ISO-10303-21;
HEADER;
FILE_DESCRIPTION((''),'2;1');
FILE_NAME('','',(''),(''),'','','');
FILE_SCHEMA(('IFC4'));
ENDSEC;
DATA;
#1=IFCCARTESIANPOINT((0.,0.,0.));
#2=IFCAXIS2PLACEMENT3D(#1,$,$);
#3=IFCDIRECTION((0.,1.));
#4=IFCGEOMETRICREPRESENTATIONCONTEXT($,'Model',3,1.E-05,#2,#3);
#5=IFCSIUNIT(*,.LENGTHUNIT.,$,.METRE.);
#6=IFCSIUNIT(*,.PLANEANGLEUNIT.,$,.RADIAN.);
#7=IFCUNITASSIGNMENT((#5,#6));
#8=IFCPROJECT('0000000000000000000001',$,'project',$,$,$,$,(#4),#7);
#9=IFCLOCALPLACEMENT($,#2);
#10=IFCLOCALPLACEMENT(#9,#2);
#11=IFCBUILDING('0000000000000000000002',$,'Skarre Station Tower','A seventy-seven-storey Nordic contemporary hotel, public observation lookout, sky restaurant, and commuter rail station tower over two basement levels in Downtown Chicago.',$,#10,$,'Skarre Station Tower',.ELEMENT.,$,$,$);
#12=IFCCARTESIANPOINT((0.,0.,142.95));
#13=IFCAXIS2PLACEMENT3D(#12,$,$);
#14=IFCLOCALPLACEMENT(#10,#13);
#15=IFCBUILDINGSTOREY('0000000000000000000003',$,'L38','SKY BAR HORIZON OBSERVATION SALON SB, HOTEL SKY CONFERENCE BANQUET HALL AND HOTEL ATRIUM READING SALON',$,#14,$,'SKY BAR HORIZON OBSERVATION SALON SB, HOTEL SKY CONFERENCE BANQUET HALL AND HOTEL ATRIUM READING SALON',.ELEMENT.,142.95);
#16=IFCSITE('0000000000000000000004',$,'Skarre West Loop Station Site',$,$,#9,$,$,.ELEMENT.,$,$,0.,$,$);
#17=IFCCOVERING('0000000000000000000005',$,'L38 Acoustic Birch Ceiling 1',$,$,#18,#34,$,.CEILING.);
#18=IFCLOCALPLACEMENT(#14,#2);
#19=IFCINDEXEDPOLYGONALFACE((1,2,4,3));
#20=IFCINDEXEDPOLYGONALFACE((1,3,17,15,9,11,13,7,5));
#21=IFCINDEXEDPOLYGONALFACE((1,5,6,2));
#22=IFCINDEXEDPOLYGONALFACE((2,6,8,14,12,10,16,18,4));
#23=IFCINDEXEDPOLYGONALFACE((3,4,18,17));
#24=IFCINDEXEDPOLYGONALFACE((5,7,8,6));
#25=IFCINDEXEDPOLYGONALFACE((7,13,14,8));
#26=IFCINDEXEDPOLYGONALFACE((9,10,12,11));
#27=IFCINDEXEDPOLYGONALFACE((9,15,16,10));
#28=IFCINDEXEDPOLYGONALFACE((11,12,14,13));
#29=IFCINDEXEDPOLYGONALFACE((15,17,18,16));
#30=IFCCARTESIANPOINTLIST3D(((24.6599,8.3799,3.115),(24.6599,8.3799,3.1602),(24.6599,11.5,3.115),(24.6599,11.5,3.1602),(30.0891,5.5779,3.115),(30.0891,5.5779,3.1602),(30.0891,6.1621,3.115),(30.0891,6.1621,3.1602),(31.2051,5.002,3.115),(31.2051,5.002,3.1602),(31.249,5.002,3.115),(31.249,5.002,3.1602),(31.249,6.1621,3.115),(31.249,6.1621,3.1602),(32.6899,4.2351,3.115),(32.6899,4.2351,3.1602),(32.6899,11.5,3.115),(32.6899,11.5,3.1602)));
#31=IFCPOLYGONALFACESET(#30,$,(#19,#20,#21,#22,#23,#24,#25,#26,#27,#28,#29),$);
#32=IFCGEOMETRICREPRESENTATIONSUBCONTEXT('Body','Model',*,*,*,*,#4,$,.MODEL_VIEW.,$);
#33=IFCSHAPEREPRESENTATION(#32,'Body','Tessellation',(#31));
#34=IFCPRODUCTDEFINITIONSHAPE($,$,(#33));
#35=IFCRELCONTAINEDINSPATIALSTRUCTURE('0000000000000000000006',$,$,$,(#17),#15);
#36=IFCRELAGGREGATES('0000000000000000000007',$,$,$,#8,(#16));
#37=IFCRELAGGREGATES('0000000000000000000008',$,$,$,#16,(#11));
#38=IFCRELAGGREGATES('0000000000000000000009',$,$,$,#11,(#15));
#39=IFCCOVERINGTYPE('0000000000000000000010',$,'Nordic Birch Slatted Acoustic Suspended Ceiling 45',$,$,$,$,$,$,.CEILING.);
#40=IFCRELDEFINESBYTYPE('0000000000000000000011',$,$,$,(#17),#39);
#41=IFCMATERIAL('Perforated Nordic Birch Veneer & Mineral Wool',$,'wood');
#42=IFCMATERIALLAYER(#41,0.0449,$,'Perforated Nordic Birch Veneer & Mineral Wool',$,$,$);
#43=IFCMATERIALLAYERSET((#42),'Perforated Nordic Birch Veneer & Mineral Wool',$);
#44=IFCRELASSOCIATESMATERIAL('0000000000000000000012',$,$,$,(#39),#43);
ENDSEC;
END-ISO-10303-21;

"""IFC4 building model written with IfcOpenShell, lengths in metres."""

from ifc_helpers import new_model, si_unit, direction, frame, origin, place, context, subcontext, project, spatial, polyline, outline, extrude, material, layer, layer_set, type_object, element, save


model = new_model("IFC4")

# Units and contexts
model_context = context("Model", 3, precision=1e-05, world=origin(), true_north=direction((0.0, 1.0)))
body_context = subcontext(model_context, "Body", "Model", "MODEL_VIEW")
ifc_project = project(units=[si_unit("LENGTHUNIT", "METRE"), si_unit("PLANEANGLEUNIT", "RADIAN")], contexts=[model_context])

# Site, building, storey
site_placement = place(None, origin())
site = spatial("IfcSite", under=ifc_project, at=site_placement, Name="Skarre West Loop Station Site", CompositionType="ELEMENT", RefElevation=0.0)
building_placement = place(site_placement, origin())
building = spatial("IfcBuilding", under=site, at=building_placement, Name="Skarre Station Tower", Description="A seventy-seven-storey Nordic contemporary hotel, public observation lookout, sky restaurant, and commuter rail station tower over two basement levels in Downtown Chicago.", LongName="Skarre Station Tower", CompositionType="ELEMENT")
storey_placement = place(building_placement, frame((0.0, 0.0, 142.95)))
storey = spatial("IfcBuildingStorey", under=building, at=storey_placement, Name="L38", Description="SKY BAR HORIZON OBSERVATION SALON SB, HOTEL SKY CONFERENCE BANQUET HALL AND HOTEL ATRIUM READING SALON", LongName="SKY BAR HORIZON OBSERVATION SALON SB, HOTEL SKY CONFERENCE BANQUET HALL AND HOTEL ATRIUM READING SALON", CompositionType="ELEMENT", Elevation=142.95)

# Covering
ifc_material_1 = material(Name="Perforated Nordic Birch Veneer & Mineral Wool", Category="wood")
ifc_layer_1 = layer(ifc_material_1, 0.0449, Name="Perforated Nordic Birch Veneer & Mineral Wool")
ifc_layer_set_1 = layer_set([ifc_layer_1], Name="Perforated Nordic Birch Veneer & Mineral Wool")
covering_type_1 = type_object("IfcCoveringType", Name="Nordic Birch Slatted Acoustic Suspended Ceiling 45", PredefinedType="CEILING", material=ifc_layer_set_1)
covering_1_placement = place(storey_placement, frame((0.0, 0.0, 3.115)))
element("IfcCovering", 1, at=covering_1_placement, inside=storey, type_object=covering_type_1, Name="L38 Acoustic Birch Ceiling 1", PredefinedType="CEILING", context=body_context, shape_type="SweptSolid", body=[
    extrude(outline(polyline([(24.6599, 8.3799), (30.0891, 5.5779), (30.0891, 6.1621), (31.249, 6.1621), (31.249, 5.002), (31.2051, 5.002), (32.6899, 4.2351), (32.6899, 11.5), (24.6599, 11.5), (24.6599, 8.3799)])), origin(), (0.0, 0.0, 1.0), 0.0452),
])

save(model, "model.ifc")
